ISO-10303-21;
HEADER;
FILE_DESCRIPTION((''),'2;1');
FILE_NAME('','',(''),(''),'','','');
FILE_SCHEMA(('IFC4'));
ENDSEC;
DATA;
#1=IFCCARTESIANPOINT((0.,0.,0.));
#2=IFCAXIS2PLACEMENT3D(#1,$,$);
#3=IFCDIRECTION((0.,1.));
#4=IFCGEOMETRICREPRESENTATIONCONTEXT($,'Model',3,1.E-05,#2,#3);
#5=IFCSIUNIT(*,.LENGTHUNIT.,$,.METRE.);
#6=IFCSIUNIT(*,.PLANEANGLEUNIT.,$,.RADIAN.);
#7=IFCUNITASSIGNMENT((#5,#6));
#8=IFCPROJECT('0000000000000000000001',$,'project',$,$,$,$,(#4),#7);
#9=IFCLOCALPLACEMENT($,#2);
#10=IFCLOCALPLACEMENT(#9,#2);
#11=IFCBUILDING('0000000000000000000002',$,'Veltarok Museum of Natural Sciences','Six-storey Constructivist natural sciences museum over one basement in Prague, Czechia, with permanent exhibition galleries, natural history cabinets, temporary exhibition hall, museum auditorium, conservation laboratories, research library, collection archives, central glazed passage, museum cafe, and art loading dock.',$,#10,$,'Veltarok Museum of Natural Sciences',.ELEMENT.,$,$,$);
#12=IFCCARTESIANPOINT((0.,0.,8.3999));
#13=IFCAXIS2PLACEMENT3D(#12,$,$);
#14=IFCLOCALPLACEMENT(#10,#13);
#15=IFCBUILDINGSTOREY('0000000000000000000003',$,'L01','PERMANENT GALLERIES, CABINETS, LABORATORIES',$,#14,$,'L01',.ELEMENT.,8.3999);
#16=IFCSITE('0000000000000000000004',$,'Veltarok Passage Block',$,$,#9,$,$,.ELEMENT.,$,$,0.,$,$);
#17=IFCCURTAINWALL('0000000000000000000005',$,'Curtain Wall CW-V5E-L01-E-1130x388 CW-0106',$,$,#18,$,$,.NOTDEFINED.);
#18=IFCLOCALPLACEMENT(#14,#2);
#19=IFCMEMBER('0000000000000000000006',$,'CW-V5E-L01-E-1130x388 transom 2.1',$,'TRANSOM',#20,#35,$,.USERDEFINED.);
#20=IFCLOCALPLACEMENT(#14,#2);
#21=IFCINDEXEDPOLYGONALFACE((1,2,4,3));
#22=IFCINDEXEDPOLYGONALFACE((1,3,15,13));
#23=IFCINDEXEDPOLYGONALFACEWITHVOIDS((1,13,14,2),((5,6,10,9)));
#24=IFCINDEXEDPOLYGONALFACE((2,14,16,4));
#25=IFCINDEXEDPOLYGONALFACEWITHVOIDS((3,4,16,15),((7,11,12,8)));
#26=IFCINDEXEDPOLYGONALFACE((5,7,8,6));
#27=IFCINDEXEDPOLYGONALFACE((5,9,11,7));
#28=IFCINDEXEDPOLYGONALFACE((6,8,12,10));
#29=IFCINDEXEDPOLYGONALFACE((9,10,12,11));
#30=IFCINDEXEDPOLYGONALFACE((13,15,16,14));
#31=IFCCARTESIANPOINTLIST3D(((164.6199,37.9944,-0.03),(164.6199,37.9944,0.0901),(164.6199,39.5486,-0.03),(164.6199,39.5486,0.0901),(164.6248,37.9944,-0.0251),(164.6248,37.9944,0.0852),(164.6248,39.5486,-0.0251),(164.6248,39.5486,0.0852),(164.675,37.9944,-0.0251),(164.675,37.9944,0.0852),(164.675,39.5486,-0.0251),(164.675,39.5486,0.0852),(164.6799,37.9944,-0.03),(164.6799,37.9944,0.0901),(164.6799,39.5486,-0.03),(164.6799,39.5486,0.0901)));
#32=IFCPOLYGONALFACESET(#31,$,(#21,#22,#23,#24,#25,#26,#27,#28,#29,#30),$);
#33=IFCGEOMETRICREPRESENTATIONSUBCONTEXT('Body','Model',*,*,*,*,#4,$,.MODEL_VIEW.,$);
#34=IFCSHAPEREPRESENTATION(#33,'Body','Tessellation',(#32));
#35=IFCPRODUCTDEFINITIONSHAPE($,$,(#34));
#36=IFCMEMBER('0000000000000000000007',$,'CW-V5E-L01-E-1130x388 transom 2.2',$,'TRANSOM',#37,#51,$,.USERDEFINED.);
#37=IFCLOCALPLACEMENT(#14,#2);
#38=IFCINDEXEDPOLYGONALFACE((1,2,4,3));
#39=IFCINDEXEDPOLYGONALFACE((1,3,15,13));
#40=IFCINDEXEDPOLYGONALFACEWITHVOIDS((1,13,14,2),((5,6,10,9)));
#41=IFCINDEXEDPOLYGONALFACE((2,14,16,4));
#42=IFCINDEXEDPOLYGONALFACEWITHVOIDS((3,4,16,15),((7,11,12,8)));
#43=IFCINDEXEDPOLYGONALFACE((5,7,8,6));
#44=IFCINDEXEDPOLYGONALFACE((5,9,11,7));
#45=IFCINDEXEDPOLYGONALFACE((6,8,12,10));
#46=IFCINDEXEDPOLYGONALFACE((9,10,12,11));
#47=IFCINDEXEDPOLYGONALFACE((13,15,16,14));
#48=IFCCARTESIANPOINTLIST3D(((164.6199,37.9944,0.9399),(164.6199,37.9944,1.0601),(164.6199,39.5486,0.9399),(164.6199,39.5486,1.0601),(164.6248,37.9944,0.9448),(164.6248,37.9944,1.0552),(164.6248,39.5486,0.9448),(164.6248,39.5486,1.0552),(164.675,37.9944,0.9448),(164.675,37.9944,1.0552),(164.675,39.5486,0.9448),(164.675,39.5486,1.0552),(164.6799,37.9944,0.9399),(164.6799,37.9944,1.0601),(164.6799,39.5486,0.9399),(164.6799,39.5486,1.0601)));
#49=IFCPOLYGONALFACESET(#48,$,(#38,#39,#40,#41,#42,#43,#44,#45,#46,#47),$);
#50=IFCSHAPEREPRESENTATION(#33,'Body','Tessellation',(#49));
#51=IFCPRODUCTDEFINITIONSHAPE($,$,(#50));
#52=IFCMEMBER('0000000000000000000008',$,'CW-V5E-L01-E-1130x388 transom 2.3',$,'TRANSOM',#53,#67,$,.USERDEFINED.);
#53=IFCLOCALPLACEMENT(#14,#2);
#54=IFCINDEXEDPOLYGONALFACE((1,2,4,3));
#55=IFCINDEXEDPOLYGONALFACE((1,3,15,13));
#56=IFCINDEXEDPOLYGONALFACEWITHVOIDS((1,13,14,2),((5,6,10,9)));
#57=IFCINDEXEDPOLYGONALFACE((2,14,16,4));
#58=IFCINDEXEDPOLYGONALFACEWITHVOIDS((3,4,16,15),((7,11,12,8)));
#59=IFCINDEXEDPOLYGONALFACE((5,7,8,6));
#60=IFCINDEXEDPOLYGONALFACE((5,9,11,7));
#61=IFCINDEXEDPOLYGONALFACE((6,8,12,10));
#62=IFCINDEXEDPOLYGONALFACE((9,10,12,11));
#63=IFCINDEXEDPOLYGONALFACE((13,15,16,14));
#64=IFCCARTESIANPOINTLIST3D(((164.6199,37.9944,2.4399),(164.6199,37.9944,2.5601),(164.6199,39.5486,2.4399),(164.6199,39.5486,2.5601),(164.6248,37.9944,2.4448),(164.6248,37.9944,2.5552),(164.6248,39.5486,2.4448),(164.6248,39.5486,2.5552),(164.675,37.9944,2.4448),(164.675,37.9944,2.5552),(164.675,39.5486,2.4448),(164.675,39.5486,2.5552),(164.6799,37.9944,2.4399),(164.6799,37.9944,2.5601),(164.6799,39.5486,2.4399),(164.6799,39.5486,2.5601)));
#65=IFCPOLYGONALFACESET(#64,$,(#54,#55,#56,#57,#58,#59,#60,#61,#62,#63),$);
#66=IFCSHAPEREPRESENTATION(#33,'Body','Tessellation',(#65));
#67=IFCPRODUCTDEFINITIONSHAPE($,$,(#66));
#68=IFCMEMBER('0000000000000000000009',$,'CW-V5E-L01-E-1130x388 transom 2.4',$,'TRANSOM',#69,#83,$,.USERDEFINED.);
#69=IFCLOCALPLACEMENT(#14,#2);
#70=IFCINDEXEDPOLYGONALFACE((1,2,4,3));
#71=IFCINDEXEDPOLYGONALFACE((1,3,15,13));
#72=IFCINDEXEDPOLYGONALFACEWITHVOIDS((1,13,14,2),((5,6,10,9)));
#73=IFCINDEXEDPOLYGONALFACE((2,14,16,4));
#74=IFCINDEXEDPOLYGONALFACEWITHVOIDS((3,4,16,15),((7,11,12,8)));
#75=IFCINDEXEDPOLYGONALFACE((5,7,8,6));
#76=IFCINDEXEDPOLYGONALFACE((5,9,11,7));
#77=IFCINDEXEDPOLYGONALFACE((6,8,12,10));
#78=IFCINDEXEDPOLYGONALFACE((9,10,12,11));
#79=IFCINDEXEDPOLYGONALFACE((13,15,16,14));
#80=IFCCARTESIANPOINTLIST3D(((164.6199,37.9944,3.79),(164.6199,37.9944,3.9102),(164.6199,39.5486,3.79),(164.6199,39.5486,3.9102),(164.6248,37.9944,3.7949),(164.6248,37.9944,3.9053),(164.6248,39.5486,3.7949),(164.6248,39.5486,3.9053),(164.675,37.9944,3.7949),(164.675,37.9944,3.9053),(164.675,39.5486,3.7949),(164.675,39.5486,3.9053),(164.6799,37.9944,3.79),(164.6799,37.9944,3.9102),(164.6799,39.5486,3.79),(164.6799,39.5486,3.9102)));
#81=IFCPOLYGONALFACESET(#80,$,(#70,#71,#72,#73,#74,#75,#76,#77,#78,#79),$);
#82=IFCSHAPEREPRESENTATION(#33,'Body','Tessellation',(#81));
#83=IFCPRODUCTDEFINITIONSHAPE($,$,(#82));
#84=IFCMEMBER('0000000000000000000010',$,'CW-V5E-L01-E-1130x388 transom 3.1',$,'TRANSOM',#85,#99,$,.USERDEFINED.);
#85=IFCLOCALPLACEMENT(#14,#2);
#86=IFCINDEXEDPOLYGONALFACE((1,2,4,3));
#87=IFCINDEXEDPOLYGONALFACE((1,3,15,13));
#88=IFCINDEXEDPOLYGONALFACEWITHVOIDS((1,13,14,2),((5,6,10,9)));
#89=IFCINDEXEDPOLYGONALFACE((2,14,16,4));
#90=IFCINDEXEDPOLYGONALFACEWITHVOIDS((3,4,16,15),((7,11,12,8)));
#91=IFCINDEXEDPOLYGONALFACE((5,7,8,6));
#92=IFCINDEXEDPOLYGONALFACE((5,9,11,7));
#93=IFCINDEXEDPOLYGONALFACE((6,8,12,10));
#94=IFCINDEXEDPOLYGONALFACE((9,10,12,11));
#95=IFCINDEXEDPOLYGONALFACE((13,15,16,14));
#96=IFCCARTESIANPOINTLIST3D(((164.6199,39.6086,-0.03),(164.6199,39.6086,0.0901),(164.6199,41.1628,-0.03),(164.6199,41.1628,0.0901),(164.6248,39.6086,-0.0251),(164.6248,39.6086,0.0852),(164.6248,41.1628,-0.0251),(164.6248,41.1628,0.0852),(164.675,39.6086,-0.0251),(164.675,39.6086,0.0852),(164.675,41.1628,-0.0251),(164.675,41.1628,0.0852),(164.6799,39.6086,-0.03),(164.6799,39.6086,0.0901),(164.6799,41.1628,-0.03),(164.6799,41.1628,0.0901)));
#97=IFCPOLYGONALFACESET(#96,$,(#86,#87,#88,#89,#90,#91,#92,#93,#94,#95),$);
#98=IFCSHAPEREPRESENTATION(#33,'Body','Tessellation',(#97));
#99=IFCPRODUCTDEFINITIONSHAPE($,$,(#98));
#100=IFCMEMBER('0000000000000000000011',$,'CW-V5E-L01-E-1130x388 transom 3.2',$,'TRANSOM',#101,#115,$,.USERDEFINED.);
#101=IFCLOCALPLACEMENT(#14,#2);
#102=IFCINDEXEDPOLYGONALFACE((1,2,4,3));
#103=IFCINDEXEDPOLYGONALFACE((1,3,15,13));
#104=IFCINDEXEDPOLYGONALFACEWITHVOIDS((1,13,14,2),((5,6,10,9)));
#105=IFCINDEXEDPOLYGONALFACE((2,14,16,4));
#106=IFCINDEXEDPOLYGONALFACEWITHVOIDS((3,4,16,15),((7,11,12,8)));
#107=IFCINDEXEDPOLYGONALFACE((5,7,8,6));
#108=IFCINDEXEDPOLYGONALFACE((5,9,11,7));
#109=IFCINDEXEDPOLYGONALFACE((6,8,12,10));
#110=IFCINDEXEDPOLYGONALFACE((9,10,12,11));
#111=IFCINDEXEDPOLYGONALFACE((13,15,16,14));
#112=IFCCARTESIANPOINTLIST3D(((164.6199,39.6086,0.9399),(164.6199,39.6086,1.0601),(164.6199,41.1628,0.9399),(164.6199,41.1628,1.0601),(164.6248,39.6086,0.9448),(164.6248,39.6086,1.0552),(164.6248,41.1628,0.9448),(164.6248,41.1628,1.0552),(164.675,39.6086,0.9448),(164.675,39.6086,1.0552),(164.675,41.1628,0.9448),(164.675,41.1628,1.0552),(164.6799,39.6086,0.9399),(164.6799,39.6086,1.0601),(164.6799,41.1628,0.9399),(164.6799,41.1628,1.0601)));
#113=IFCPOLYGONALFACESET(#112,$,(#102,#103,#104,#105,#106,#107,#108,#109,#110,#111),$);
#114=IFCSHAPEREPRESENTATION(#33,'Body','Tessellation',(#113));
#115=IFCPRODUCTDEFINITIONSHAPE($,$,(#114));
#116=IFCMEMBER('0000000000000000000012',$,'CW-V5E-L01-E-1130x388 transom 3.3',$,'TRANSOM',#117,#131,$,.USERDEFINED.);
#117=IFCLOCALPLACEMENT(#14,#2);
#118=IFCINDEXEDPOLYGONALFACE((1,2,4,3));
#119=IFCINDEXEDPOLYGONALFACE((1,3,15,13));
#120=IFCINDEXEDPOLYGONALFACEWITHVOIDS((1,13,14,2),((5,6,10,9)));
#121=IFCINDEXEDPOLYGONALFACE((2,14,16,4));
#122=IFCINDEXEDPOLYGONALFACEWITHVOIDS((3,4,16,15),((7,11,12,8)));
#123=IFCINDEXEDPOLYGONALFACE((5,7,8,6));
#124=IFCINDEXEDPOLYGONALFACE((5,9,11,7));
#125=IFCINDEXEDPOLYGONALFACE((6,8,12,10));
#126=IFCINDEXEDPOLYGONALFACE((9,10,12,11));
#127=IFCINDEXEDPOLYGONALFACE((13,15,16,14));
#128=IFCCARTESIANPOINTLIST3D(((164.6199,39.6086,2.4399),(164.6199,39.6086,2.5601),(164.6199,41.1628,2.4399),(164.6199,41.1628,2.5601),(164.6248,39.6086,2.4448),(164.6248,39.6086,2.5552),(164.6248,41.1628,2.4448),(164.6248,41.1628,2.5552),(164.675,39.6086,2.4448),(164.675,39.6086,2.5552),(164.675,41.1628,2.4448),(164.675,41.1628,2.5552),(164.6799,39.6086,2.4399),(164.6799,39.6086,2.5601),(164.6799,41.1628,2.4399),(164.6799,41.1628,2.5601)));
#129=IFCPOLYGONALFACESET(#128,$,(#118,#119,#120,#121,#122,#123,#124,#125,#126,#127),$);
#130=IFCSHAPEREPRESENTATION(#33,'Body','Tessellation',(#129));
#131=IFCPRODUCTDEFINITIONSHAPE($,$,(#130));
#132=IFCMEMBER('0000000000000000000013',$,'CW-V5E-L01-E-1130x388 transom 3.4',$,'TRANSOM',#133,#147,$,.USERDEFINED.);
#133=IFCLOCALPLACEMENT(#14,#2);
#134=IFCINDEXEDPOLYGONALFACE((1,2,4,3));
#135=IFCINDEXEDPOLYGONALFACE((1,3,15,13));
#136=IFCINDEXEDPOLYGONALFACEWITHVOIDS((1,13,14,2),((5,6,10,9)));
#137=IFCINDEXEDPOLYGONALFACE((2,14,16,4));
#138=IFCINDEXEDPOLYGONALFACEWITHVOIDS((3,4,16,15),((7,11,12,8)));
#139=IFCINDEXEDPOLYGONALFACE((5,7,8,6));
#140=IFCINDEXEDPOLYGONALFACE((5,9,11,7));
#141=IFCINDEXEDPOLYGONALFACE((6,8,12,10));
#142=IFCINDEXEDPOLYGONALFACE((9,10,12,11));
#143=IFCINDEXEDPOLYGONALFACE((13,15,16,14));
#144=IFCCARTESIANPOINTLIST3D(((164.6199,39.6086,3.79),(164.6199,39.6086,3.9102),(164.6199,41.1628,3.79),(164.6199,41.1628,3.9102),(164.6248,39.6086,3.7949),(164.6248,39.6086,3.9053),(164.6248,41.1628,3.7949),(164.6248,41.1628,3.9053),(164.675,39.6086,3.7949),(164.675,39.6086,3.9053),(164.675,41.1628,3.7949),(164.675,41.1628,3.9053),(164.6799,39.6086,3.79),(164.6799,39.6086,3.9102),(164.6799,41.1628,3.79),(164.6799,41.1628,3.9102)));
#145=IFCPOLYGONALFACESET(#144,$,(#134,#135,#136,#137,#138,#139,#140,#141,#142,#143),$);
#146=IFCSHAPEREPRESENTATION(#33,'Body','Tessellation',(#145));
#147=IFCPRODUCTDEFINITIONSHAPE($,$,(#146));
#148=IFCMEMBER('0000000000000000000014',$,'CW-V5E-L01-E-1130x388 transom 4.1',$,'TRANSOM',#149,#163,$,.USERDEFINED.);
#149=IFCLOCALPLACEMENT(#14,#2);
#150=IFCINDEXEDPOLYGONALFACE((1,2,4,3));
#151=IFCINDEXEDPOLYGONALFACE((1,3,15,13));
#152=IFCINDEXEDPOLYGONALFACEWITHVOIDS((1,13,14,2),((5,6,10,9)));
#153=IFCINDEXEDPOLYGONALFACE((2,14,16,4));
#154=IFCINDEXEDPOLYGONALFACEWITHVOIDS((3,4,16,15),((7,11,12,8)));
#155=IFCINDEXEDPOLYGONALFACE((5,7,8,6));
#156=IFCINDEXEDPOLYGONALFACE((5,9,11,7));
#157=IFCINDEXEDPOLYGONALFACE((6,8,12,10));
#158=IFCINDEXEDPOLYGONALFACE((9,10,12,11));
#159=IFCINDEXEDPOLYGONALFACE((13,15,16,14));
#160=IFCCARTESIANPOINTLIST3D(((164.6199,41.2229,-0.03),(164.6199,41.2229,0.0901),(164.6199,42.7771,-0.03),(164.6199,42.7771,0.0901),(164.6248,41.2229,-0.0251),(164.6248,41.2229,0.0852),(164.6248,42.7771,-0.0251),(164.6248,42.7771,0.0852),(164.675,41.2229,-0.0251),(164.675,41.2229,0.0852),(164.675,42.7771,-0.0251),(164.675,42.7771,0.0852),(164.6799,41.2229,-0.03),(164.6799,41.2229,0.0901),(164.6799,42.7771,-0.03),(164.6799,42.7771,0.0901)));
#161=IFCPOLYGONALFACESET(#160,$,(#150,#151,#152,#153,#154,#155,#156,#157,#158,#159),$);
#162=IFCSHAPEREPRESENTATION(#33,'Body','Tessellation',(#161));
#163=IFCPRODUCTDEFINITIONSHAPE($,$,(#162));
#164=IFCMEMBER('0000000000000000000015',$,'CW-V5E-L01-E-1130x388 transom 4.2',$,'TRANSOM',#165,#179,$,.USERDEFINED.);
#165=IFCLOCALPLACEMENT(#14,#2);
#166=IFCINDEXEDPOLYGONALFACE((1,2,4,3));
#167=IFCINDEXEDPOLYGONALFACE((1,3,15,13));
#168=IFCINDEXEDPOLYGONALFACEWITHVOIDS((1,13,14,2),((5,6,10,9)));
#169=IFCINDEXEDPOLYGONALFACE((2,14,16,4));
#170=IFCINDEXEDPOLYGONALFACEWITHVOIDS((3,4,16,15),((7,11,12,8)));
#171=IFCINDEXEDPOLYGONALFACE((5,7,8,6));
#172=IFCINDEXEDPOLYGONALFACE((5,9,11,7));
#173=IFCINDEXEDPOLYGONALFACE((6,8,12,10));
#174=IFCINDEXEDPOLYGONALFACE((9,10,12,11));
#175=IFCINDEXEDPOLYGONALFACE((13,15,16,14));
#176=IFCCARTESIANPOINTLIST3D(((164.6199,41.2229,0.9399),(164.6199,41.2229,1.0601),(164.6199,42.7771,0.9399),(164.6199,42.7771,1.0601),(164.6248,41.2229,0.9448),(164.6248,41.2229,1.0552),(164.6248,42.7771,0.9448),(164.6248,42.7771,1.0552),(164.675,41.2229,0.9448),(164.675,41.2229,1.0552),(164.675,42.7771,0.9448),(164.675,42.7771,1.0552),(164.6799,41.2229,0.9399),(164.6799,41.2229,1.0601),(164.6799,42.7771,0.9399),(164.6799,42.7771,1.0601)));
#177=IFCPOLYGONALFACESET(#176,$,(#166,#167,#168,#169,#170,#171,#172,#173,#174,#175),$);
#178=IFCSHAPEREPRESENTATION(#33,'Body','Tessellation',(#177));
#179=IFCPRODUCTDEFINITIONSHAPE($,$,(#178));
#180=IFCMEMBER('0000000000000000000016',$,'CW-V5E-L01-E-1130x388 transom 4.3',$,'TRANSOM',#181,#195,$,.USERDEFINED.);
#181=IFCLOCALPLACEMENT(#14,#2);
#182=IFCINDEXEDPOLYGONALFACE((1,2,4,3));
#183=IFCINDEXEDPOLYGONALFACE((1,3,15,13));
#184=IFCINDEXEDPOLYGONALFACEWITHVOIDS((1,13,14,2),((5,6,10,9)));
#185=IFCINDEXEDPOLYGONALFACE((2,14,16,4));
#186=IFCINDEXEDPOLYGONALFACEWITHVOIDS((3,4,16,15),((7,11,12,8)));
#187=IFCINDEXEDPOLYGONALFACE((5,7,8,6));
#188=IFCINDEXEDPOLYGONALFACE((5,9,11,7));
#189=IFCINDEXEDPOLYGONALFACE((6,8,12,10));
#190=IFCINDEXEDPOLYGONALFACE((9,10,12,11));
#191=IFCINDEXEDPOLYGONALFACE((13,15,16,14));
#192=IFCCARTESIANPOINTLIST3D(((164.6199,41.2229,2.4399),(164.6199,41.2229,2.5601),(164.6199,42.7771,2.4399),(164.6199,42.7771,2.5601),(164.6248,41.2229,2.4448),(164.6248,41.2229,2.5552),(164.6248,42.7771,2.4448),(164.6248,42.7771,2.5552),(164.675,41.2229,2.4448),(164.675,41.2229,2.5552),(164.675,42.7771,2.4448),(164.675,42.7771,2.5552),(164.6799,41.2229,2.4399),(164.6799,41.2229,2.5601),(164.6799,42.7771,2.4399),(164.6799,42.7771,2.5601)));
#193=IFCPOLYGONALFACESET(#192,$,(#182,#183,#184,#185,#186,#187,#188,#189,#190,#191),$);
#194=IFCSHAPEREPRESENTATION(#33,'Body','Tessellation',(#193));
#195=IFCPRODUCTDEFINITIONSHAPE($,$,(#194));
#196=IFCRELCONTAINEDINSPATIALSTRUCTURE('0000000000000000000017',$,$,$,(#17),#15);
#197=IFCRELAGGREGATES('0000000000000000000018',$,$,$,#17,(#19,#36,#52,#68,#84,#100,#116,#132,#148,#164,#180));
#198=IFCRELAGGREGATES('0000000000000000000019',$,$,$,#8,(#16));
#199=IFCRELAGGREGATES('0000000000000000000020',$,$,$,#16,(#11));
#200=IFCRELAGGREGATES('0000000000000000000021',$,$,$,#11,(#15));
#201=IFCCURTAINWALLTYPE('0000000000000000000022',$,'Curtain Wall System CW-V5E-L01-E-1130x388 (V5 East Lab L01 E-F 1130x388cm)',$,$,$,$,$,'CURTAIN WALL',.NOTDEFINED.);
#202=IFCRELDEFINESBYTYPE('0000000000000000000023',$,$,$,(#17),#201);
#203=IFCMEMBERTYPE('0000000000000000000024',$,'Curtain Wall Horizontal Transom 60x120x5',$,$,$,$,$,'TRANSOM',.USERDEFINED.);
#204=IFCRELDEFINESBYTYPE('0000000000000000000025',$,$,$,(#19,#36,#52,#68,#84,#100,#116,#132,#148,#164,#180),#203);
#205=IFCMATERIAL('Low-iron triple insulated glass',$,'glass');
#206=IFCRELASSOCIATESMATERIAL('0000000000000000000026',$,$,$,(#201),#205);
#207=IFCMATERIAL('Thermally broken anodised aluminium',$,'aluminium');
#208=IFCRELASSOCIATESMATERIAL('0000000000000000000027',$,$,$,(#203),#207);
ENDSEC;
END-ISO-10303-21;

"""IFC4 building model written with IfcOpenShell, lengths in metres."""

from ifc_helpers import new_model, si_unit, direction, frame, origin, origin_2d, place, context, subcontext, project, spatial, hollow_rectangle, extrude, material, material_profile, profile_set, type_object, element, aggregate, save


model = new_model("IFC4")

# Units and contexts
model_context = context("Model", 3, precision=1e-05, world=origin(), true_north=direction((0.0, 1.0)))
body_context = subcontext(model_context, "Body", "Model", "MODEL_VIEW")
ifc_project = project(units=[si_unit("LENGTHUNIT", "METRE"), si_unit("PLANEANGLEUNIT", "RADIAN")], contexts=[model_context])

# Site, building, storey
site_placement = place(None, origin())
site = spatial("IfcSite", under=ifc_project, at=site_placement, Name="Veltarok Passage Block", CompositionType="ELEMENT", RefElevation=0.0)
building_placement = place(site_placement, origin())
building = spatial("IfcBuilding", under=site, at=building_placement, Name="Veltarok Museum of Natural Sciences", Description="Six-storey Constructivist natural sciences museum over one basement in Prague, Czechia, with permanent exhibition galleries, natural history cabinets, temporary exhibition hall, museum auditorium, conservation laboratories, research library, collection archives, central glazed passage, museum cafe, and art loading dock.", LongName="Veltarok Museum of Natural Sciences", CompositionType="ELEMENT")
storey_placement = place(building_placement, frame((0.0, 0.0, 8.3999)))
storey = spatial("IfcBuildingStorey", under=building, at=storey_placement, Name="L01", Description="PERMANENT GALLERIES, CABINETS, LABORATORIES", LongName="L01", CompositionType="ELEMENT", Elevation=8.3999)

# Curtain wall, members
ifc_material_1 = material(Name="Low-iron triple insulated glass", Category="glass")
curtain_wall_type = type_object("IfcCurtainWallType", Name="Curtain Wall System CW-V5E-L01-E-1130x388 (V5 East Lab L01 E-F 1130x388cm)", ElementType="CURTAIN WALL", PredefinedType="NOTDEFINED", material=ifc_material_1)
curtain_wall_placement = place(storey_placement, origin())
curtain_wall = element("IfcCurtainWall", 1, at=curtain_wall_placement, inside=storey, type_object=curtain_wall_type, Name="Curtain Wall CW-V5E-L01-E-1130x388 CW-0106", PredefinedType="NOTDEFINED")
ifc_material_2 = material(Name="Thermally broken anodised aluminium", Category="aluminium")
ifc_material_profile_1 = material_profile(ifc_material_2, hollow_rectangle(XDim=0.0601, YDim=0.1201, WallThickness=0.0049, at=origin_2d()), Name="CW TRANSOM 60x120x5")
ifc_profile_set_1 = profile_set([ifc_material_profile_1], Name="Thermally broken anodised aluminium")
member_type_1 = type_object("IfcMemberType", Name="Curtain Wall Horizontal Transom 60x120x5", ElementType="TRANSOM", PredefinedType="USERDEFINED", material=ifc_profile_set_1)
member_1_placement = place(storey_placement, frame((164.6499, 37.9944, 0.03), z_axis=(0.0, 1.0, 0.0), x_axis=(-1.0, 0.0, 0.0)))
member_1 = element("IfcMember", 2, at=member_1_placement, type_object=member_type_1, Name="CW-V5E-L01-E-1130x388 transom 2.1", ObjectType="TRANSOM", PredefinedType="USERDEFINED", context=body_context, shape_type="SweptSolid", body=[
    extrude(hollow_rectangle(XDim=0.0601, YDim=0.1201, WallThickness=0.0049, at=origin_2d()), origin(), (0.0, 0.0, 1.0), 1.5542),
])
member_2_placement = place(storey_placement, frame((164.6499, 37.9944, 1.0), z_axis=(0.0, 1.0, 0.0), x_axis=(-1.0, 0.0, 0.0)))
member_2 = element("IfcMember", 3, at=member_2_placement, type_object=member_type_1, Name="CW-V5E-L01-E-1130x388 transom 2.2", ObjectType="TRANSOM", PredefinedType="USERDEFINED", context=body_context, shape_type="SweptSolid", body=[
    extrude(hollow_rectangle(XDim=0.0601, YDim=0.1201, WallThickness=0.0049, at=origin_2d()), origin(), (0.0, 0.0, 1.0), 1.5542),
])
member_3_placement = place(storey_placement, frame((164.6499, 37.9944, 2.5), z_axis=(0.0, 1.0, 0.0), x_axis=(-1.0, 0.0, 0.0)))
member_3 = element("IfcMember", 4, at=member_3_placement, type_object=member_type_1, Name="CW-V5E-L01-E-1130x388 transom 2.3", ObjectType="TRANSOM", PredefinedType="USERDEFINED", context=body_context, shape_type="SweptSolid", body=[
    extrude(hollow_rectangle(XDim=0.0601, YDim=0.1201, WallThickness=0.0049, at=origin_2d()), origin(), (0.0, 0.0, 1.0), 1.5542),
])
member_4_placement = place(storey_placement, frame((164.6499, 37.9944, 3.8501), z_axis=(0.0, 1.0, 0.0), x_axis=(-1.0, 0.0, 0.0)))
member_4 = element("IfcMember", 5, at=member_4_placement, type_object=member_type_1, Name="CW-V5E-L01-E-1130x388 transom 2.4", ObjectType="TRANSOM", PredefinedType="USERDEFINED", context=body_context, shape_type="SweptSolid", body=[
    extrude(hollow_rectangle(XDim=0.0601, YDim=0.1201, WallThickness=0.0049, at=origin_2d()), origin(), (0.0, 0.0, 1.0), 1.5542),
])
member_5_placement = place(storey_placement, frame((164.6499, 39.6086, 0.03), z_axis=(0.0, 1.0, 0.0), x_axis=(-1.0, 0.0, 0.0)))
member_5 = element("IfcMember", 6, at=member_5_placement, type_object=member_type_1, Name="CW-V5E-L01-E-1130x388 transom 3.1", ObjectType="TRANSOM", PredefinedType="USERDEFINED", context=body_context, shape_type="SweptSolid", body=[
    extrude(hollow_rectangle(XDim=0.0601, YDim=0.1201, WallThickness=0.0049, at=origin_2d()), origin(), (0.0, 0.0, 1.0), 1.5542),
])
member_6_placement = place(storey_placement, frame((164.6499, 39.6086, 1.0), z_axis=(0.0, 1.0, 0.0), x_axis=(-1.0, 0.0, 0.0)))
member_6 = element("IfcMember", 7, at=member_6_placement, type_object=member_type_1, Name="CW-V5E-L01-E-1130x388 transom 3.2", ObjectType="TRANSOM", PredefinedType="USERDEFINED", context=body_context, shape_type="SweptSolid", body=[
    extrude(hollow_rectangle(XDim=0.0601, YDim=0.1201, WallThickness=0.0049, at=origin_2d()), origin(), (0.0, 0.0, 1.0), 1.5542),
])
member_7_placement = place(storey_placement, frame((164.6499, 39.6086, 2.5), z_axis=(0.0, 1.0, 0.0), x_axis=(-1.0, 0.0, 0.0)))
member_7 = element("IfcMember", 8, at=member_7_placement, type_object=member_type_1, Name="CW-V5E-L01-E-1130x388 transom 3.3", ObjectType="TRANSOM", PredefinedType="USERDEFINED", context=body_context, shape_type="SweptSolid", body=[
    extrude(hollow_rectangle(XDim=0.0601, YDim=0.1201, WallThickness=0.0049, at=origin_2d()), origin(), (0.0, 0.0, 1.0), 1.5542),
])
member_8_placement = place(storey_placement, frame((164.6499, 39.6086, 3.8501), z_axis=(0.0, 1.0, 0.0), x_axis=(-1.0, 0.0, 0.0)))
member_8 = element("IfcMember", 9, at=member_8_placement, type_object=member_type_1, Name="CW-V5E-L01-E-1130x388 transom 3.4", ObjectType="TRANSOM", PredefinedType="USERDEFINED", context=body_context, shape_type="SweptSolid", body=[
    extrude(hollow_rectangle(XDim=0.0601, YDim=0.1201, WallThickness=0.0049, at=origin_2d()), origin(), (0.0, 0.0, 1.0), 1.5542),
])
member_9_placement = place(storey_placement, frame((164.6499, 41.2229, 0.03), z_axis=(0.0, 1.0, 0.0), x_axis=(-1.0, 0.0, 0.0)))
member_9 = element("IfcMember", 10, at=member_9_placement, type_object=member_type_1, Name="CW-V5E-L01-E-1130x388 transom 4.1", ObjectType="TRANSOM", PredefinedType="USERDEFINED", context=body_context, shape_type="SweptSolid", body=[
    extrude(hollow_rectangle(XDim=0.0601, YDim=0.1201, WallThickness=0.0049, at=origin_2d()), origin(), (0.0, 0.0, 1.0), 1.5542),
])
member_10_placement = place(storey_placement, frame((164.6499, 41.2229, 1.0), z_axis=(0.0, 1.0, 0.0), x_axis=(-1.0, 0.0, 0.0)))
member_10 = element("IfcMember", 11, at=member_10_placement, type_object=member_type_1, Name="CW-V5E-L01-E-1130x388 transom 4.2", ObjectType="TRANSOM", PredefinedType="USERDEFINED", context=body_context, shape_type="SweptSolid", body=[
    extrude(hollow_rectangle(XDim=0.0601, YDim=0.1201, WallThickness=0.0049, at=origin_2d()), origin(), (0.0, 0.0, 1.0), 1.5542),
])
member_11_placement = place(storey_placement, frame((164.6499, 41.2229, 2.5), z_axis=(0.0, 1.0, 0.0), x_axis=(-1.0, 0.0, 0.0)))
member_11 = element("IfcMember", 12, at=member_11_placement, type_object=member_type_1, Name="CW-V5E-L01-E-1130x388 transom 4.3", ObjectType="TRANSOM", PredefinedType="USERDEFINED", context=body_context, shape_type="SweptSolid", body=[
    extrude(hollow_rectangle(XDim=0.0601, YDim=0.1201, WallThickness=0.0049, at=origin_2d()), origin(), (0.0, 0.0, 1.0), 1.5542),
])
aggregate(curtain_wall, [member_1, member_2, member_3, member_4, member_5, member_6, member_7, member_8, member_9, member_10, member_11])

save(model, "model.ifc")
